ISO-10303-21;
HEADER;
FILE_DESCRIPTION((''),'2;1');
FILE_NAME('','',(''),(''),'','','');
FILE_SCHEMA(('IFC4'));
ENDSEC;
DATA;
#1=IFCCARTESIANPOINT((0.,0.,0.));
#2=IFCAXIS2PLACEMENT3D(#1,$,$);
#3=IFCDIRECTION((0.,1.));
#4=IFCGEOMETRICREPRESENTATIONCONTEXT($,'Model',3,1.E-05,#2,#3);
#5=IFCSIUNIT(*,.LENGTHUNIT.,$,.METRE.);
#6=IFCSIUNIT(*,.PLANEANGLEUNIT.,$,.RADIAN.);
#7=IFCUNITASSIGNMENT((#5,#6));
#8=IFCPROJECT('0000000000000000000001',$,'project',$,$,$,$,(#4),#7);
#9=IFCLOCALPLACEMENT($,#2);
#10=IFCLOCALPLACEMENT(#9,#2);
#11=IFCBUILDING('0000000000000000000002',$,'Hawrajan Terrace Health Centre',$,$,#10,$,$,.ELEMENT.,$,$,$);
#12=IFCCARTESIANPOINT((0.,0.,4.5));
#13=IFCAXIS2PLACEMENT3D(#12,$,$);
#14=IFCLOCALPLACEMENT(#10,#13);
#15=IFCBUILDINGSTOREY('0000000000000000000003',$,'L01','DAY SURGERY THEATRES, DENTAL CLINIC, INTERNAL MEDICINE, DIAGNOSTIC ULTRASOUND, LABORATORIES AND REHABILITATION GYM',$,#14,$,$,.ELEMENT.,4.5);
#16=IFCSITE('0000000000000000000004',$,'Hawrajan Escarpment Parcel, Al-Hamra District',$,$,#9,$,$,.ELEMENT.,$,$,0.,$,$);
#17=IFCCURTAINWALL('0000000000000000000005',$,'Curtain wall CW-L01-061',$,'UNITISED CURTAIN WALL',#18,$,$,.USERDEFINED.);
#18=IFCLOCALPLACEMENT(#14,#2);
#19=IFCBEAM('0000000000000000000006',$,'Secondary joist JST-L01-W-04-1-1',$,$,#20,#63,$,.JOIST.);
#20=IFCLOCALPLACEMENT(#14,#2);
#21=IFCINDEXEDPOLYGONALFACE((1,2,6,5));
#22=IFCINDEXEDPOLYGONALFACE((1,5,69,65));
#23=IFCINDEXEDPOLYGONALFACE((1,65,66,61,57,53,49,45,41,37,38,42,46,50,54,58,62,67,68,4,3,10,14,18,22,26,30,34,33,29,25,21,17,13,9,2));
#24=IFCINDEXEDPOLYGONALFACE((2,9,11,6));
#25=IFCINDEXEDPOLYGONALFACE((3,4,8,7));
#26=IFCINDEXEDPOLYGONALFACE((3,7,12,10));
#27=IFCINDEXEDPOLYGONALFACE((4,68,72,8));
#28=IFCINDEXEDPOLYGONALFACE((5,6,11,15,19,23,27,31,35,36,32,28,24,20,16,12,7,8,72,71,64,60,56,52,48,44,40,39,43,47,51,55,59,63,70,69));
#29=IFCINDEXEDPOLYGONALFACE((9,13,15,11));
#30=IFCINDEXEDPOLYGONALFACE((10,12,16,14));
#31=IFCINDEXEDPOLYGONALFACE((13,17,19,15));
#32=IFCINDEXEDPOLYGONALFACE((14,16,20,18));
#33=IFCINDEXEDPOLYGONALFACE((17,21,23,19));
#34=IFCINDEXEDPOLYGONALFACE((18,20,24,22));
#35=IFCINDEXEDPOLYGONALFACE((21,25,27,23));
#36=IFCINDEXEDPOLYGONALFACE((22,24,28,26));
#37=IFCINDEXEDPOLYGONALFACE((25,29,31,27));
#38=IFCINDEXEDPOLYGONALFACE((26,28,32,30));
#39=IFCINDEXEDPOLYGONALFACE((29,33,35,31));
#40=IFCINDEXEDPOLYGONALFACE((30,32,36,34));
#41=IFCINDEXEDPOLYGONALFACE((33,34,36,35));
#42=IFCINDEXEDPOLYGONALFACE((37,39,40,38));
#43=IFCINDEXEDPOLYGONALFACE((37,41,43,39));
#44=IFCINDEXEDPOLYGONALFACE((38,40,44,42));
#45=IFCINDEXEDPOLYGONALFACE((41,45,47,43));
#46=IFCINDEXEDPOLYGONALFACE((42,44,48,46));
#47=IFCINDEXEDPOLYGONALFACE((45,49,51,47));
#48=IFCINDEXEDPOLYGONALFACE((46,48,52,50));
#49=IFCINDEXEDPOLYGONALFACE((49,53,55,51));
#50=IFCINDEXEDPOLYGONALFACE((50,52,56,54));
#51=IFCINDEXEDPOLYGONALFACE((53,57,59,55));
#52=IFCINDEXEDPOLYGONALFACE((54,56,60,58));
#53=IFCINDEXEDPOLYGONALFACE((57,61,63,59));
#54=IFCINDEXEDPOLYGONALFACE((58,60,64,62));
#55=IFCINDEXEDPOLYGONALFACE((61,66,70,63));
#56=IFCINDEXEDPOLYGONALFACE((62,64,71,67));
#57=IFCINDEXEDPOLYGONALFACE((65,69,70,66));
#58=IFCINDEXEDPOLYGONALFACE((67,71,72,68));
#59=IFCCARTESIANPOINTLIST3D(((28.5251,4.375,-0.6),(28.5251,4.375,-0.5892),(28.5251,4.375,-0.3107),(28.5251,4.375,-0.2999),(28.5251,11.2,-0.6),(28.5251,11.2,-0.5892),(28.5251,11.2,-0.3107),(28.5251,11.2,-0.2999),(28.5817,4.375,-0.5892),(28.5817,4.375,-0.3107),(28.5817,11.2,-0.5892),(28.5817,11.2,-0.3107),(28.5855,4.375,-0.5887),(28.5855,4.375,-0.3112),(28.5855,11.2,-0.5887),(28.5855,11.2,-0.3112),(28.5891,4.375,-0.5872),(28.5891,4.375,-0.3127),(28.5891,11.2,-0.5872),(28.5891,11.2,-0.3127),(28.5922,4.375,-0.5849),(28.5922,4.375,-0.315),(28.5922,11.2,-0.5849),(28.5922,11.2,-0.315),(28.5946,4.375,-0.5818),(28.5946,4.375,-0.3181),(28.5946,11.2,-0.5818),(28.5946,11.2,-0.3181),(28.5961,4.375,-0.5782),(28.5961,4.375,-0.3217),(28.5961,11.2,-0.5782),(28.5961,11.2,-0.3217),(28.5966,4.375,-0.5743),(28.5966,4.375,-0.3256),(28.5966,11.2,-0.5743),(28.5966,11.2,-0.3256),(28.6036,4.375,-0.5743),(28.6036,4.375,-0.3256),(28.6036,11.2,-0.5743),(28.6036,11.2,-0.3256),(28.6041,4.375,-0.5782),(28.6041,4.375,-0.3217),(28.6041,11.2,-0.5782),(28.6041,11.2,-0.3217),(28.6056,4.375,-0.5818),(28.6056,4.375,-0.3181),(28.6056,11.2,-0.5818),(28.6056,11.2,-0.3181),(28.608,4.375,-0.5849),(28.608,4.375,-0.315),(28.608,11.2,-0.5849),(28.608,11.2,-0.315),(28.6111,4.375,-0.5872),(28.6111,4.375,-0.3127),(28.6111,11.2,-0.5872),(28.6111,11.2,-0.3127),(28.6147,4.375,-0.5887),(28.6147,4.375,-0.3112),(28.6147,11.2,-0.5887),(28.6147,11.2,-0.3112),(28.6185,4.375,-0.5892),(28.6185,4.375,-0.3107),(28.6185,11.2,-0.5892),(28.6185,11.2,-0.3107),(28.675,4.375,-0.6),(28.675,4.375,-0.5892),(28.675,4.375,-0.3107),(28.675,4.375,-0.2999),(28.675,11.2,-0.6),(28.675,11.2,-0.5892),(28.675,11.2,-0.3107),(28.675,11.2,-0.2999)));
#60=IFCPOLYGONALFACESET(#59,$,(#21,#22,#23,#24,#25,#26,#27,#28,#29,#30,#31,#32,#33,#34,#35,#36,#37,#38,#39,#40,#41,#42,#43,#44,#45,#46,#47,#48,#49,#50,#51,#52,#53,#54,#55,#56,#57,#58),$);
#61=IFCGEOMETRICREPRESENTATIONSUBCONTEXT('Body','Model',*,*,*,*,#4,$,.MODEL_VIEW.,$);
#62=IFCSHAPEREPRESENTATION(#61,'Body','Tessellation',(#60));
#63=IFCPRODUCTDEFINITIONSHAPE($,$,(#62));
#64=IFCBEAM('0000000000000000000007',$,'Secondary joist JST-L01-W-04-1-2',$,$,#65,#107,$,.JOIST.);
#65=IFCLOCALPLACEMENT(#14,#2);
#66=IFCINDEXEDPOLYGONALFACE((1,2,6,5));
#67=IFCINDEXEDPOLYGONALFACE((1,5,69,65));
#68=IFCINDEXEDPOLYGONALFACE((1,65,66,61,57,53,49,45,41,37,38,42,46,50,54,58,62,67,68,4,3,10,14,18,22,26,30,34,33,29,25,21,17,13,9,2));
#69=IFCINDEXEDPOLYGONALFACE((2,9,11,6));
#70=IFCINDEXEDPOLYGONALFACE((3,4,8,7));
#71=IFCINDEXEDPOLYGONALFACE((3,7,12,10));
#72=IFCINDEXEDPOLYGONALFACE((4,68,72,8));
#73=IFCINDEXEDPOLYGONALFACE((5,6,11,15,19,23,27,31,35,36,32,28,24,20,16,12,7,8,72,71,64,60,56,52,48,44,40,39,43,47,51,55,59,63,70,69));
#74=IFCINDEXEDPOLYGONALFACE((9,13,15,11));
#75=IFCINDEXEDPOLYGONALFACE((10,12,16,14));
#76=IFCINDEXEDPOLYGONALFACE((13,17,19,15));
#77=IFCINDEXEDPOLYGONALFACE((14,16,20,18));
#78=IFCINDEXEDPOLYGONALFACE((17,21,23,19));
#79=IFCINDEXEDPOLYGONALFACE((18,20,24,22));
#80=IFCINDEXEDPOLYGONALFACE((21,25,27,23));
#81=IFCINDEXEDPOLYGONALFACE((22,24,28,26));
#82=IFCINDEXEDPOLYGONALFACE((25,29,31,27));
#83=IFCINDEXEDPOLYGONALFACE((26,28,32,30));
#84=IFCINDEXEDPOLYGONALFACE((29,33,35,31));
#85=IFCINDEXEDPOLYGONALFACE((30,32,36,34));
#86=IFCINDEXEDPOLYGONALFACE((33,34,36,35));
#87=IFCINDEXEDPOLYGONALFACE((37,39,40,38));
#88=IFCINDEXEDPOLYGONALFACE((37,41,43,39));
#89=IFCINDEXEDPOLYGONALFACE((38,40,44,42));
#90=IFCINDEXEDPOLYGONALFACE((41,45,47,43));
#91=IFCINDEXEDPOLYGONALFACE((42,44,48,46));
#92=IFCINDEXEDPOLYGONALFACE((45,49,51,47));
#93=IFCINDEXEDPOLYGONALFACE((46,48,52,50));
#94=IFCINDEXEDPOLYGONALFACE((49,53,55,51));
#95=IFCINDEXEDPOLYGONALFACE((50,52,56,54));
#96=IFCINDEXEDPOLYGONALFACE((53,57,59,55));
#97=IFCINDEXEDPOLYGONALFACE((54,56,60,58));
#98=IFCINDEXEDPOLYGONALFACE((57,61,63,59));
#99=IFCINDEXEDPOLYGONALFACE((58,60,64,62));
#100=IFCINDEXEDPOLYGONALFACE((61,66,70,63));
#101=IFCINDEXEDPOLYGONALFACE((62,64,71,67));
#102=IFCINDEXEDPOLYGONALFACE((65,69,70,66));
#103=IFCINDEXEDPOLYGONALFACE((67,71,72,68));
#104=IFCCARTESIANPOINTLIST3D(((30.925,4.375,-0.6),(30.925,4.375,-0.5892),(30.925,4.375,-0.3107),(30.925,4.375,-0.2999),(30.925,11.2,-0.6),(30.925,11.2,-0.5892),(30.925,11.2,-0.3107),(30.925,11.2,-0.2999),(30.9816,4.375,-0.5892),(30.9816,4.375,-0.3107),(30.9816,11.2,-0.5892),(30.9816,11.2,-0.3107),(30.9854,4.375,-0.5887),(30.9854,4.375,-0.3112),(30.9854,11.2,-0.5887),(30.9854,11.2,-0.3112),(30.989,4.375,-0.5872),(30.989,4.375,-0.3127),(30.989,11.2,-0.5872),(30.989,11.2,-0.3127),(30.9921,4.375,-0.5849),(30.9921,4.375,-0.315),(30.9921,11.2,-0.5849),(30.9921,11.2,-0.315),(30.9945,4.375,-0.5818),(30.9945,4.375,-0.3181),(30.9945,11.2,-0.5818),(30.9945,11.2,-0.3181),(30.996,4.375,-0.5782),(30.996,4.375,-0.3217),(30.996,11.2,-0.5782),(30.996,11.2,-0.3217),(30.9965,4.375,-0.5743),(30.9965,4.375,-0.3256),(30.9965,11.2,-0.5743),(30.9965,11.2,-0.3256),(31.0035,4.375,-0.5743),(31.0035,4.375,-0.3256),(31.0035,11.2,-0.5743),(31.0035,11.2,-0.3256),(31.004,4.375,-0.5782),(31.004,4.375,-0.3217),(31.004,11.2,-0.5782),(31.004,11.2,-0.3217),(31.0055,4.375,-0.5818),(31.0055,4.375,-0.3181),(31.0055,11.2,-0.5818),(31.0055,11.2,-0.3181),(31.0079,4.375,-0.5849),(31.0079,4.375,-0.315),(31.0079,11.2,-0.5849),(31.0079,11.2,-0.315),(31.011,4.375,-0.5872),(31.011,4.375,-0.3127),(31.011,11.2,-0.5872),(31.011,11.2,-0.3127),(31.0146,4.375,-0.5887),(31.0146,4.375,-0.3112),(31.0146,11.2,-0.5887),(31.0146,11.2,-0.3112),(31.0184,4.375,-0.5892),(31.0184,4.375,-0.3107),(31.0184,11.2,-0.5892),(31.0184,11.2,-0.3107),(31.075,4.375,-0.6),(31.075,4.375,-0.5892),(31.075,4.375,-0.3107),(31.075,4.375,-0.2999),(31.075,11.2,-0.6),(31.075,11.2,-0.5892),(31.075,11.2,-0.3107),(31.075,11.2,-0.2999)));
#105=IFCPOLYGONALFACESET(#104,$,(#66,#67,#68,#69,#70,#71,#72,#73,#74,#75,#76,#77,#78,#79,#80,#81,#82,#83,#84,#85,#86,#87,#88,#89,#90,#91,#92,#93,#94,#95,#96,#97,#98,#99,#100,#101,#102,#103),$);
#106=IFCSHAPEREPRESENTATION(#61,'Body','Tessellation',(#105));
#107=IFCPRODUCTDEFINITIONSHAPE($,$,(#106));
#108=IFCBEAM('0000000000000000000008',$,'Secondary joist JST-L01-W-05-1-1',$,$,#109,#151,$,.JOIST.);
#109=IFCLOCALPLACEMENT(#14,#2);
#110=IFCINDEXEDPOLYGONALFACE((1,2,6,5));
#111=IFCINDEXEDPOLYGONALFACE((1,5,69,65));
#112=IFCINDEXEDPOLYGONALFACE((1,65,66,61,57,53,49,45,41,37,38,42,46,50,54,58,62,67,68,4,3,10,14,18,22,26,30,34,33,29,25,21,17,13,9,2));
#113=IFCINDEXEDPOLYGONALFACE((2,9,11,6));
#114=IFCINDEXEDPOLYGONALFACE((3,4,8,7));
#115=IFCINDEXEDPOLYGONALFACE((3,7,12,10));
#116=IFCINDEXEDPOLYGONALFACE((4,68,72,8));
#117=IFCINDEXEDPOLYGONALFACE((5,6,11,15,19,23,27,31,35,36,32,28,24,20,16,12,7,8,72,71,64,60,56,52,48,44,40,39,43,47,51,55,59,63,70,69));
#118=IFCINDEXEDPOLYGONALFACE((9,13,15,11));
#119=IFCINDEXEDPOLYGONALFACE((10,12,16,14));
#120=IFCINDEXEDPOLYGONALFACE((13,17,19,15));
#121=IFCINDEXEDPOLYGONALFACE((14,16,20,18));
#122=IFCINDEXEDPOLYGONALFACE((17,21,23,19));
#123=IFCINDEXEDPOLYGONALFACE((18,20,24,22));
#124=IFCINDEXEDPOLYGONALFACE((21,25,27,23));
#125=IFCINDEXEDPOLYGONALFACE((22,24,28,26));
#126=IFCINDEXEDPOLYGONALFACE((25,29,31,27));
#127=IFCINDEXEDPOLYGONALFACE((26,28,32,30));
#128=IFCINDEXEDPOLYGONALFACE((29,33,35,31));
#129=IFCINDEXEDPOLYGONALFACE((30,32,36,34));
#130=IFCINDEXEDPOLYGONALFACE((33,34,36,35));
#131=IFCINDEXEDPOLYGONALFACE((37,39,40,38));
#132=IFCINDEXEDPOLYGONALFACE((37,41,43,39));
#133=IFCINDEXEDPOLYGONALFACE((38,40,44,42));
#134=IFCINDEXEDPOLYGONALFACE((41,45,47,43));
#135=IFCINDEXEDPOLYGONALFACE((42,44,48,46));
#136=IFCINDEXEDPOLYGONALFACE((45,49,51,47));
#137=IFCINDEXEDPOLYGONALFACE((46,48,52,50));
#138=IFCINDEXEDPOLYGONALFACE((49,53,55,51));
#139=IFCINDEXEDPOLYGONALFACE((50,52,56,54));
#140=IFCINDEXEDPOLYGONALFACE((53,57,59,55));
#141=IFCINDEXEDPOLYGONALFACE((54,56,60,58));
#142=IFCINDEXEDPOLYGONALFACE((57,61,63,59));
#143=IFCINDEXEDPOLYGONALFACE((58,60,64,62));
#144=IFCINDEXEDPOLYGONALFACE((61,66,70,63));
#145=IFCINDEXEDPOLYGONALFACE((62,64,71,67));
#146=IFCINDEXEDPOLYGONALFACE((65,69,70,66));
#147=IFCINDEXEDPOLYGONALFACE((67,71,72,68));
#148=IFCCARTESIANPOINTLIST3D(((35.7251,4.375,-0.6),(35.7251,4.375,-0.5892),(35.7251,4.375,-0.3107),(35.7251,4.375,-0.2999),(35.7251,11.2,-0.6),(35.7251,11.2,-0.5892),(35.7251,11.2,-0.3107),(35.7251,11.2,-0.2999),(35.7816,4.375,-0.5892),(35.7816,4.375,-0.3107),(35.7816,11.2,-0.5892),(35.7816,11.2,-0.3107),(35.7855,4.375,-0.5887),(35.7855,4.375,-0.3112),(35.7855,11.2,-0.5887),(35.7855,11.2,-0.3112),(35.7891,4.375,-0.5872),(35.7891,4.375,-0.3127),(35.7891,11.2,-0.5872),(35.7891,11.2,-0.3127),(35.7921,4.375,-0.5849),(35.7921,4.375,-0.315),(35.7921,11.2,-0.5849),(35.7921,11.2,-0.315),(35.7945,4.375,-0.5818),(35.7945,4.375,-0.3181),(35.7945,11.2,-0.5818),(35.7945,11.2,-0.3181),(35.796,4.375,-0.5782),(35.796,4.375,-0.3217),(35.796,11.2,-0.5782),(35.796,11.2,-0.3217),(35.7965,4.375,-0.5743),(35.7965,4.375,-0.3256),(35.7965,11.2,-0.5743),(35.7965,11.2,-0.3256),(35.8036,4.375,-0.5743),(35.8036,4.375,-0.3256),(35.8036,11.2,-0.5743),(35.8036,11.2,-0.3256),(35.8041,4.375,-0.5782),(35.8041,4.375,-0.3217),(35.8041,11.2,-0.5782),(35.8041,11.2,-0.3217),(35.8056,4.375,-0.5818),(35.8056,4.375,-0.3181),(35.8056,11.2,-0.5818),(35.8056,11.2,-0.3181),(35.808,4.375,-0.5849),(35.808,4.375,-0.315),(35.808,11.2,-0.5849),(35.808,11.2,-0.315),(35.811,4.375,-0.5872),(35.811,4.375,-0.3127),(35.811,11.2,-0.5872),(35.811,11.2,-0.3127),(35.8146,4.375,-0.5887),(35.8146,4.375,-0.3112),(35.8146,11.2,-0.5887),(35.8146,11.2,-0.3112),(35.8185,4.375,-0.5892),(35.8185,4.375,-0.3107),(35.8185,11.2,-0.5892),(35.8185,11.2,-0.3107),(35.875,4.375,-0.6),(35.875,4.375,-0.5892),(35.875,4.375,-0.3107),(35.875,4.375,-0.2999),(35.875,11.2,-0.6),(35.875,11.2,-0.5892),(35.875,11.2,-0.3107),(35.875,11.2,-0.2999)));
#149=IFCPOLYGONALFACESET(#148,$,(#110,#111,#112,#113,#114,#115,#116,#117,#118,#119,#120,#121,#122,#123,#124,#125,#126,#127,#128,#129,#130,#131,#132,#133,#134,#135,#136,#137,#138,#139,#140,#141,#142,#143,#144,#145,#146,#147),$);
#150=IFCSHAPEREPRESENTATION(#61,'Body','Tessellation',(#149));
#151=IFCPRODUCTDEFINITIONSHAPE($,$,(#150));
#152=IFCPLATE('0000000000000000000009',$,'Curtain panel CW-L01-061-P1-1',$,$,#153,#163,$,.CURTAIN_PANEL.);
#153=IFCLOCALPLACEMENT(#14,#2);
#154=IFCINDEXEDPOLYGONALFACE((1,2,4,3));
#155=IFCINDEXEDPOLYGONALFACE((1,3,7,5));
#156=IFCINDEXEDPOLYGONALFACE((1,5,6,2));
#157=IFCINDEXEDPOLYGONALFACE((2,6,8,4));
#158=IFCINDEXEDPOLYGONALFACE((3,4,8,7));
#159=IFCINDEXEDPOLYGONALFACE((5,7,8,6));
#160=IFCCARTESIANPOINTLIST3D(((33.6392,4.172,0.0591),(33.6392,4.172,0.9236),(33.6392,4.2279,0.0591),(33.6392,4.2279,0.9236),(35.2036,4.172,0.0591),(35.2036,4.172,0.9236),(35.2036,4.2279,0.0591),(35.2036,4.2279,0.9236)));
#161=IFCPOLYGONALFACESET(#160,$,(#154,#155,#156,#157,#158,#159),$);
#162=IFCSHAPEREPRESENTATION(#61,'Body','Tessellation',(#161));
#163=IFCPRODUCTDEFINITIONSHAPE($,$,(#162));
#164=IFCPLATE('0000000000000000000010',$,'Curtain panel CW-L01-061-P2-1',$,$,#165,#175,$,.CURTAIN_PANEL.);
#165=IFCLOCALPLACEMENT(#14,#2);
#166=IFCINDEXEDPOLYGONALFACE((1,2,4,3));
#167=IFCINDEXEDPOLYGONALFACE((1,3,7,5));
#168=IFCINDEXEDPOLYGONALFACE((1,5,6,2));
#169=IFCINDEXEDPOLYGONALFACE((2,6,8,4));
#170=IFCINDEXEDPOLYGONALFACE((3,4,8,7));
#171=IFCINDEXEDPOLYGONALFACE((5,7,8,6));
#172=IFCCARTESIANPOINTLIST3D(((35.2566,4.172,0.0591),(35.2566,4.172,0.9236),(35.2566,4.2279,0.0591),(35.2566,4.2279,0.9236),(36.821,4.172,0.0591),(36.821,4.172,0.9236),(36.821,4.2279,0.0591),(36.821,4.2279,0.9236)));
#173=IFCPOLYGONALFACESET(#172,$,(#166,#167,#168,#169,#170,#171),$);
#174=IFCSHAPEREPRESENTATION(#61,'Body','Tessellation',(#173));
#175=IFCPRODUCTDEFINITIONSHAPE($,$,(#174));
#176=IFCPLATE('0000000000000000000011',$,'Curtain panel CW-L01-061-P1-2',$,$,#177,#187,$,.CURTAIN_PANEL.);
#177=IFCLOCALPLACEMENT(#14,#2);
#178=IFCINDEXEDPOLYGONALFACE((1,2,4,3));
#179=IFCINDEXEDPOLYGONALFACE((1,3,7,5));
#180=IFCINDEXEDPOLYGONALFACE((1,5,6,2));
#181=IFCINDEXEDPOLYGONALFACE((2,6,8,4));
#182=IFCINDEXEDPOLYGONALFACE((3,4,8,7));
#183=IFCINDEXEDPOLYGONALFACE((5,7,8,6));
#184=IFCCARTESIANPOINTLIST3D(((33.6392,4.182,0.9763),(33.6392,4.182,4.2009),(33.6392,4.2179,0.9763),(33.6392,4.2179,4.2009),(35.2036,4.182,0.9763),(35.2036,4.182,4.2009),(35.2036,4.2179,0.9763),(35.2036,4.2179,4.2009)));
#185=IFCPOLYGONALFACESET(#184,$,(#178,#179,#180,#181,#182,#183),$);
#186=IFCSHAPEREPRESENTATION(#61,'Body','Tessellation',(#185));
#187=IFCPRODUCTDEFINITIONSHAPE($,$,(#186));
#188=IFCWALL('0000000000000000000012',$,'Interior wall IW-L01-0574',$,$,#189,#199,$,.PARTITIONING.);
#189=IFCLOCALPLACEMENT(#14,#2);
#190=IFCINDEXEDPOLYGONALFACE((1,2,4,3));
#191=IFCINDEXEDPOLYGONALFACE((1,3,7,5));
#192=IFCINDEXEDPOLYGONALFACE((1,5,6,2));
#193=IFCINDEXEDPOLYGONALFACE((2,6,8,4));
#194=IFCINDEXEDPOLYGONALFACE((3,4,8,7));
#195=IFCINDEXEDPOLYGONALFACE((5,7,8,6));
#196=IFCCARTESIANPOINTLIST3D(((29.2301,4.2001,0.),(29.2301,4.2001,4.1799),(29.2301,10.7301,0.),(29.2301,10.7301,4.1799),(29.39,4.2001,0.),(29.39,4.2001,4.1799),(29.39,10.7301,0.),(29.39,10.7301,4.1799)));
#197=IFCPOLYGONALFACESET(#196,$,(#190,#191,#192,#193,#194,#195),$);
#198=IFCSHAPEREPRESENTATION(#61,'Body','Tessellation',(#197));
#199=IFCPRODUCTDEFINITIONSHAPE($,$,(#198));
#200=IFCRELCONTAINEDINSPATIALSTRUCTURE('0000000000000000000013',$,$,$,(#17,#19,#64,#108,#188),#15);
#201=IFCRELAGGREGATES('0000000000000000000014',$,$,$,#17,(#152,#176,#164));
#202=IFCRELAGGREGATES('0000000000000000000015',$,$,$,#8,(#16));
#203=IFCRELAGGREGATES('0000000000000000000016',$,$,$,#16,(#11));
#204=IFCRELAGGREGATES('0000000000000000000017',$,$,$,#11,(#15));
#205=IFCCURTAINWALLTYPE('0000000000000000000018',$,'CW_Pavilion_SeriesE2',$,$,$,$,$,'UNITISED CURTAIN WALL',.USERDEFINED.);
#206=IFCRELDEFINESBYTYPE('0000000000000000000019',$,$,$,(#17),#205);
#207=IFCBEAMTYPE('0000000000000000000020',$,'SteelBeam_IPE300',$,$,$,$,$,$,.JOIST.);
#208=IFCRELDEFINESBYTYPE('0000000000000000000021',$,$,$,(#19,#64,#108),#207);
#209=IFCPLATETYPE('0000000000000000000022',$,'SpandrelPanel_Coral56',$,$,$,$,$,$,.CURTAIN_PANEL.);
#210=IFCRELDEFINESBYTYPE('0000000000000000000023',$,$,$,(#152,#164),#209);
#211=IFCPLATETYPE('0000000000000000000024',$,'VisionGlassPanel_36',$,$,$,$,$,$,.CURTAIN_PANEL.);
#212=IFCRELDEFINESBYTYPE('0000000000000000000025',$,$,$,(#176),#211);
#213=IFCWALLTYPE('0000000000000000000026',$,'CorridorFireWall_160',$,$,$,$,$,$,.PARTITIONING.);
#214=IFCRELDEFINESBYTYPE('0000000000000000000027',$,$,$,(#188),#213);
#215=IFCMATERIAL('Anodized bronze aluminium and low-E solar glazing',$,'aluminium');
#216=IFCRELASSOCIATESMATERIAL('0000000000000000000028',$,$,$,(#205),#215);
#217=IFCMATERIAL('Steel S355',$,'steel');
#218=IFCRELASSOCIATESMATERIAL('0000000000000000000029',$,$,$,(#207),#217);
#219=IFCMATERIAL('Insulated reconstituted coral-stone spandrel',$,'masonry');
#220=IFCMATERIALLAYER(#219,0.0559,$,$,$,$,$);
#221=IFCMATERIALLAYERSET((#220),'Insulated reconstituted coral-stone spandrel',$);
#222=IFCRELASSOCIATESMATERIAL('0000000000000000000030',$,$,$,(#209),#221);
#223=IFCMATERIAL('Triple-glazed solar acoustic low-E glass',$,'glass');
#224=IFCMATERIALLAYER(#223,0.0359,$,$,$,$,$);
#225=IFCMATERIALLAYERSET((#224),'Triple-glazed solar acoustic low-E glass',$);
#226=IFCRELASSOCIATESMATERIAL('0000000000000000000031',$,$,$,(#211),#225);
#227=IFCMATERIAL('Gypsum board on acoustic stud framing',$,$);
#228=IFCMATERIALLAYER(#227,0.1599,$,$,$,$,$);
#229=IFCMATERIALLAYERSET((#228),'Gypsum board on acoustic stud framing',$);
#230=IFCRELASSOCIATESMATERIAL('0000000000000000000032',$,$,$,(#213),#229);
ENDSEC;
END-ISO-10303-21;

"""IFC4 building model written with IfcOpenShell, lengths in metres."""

from ifc_helpers import new_model, si_unit, direction, frame, frame_2d, origin, origin_2d, place, context, subcontext, project, spatial, rectangle, i_section, extrude, material, layer, layer_set, material_profile, profile_set, type_object, element, aggregate, save


model = new_model("IFC4")

# Units and contexts
model_context = context("Model", 3, precision=1e-05, world=origin(), true_north=direction((0.0, 1.0)))
body_context = subcontext(model_context, "Body", "Model", "MODEL_VIEW")
ifc_project = project(units=[si_unit("LENGTHUNIT", "METRE"), si_unit("PLANEANGLEUNIT", "RADIAN")], contexts=[model_context])

# Site, building, storey
site_placement = place(None, origin())
site = spatial("IfcSite", under=ifc_project, at=site_placement, Name="Hawrajan Escarpment Parcel, Al-Hamra District", CompositionType="ELEMENT", RefElevation=0.0)
building_placement = place(site_placement, origin())
building = spatial("IfcBuilding", under=site, at=building_placement, Name="Hawrajan Terrace Health Centre", CompositionType="ELEMENT")
storey_placement = place(building_placement, frame((0.0, 0.0, 4.5)))
storey = spatial("IfcBuildingStorey", under=building, at=storey_placement, Name="L01", Description="DAY SURGERY THEATRES, DENTAL CLINIC, INTERNAL MEDICINE, DIAGNOSTIC ULTRASOUND, LABORATORIES AND REHABILITATION GYM", CompositionType="ELEMENT", Elevation=4.5)

# Curtain wall
ifc_material_1 = material(Name="Anodized bronze aluminium and low-E solar glazing", Category="aluminium")
curtain_wall_type = type_object("IfcCurtainWallType", Name="CW_Pavilion_SeriesE2", ElementType="UNITISED CURTAIN WALL", PredefinedType="USERDEFINED", material=ifc_material_1)
curtain_wall_placement = place(storey_placement, origin())
curtain_wall = element("IfcCurtainWall", 1, at=curtain_wall_placement, inside=storey, type_object=curtain_wall_type, Name="Curtain wall CW-L01-061", ObjectType="UNITISED CURTAIN WALL", PredefinedType="USERDEFINED")

# Beams
ifc_material_2 = material(Name="Steel S355", Category="steel")
ifc_material_profile_1 = material_profile(ifc_material_2, i_section(OverallWidth=0.1499, OverallDepth=0.3, WebThickness=0.0071, FlangeThickness=0.0107, FilletRadius=0.0149, at=origin_2d()), Name="IPE 300")
ifc_profile_set_1 = profile_set([ifc_material_profile_1], Name="Steel S355")
beam_type_1 = type_object("IfcBeamType", Name="SteelBeam_IPE300", PredefinedType="JOIST", material=ifc_profile_set_1)
for number, where, z_axis, x_axis, name in (
    (2, (28.6001, 4.375, -0.45), (0.0, 1.0, 0.0), (-1.0, 0.0, 0.0), "Secondary joist JST-L01-W-04-1-1"),
    (3, (31.0, 4.375, -0.45), (0.0, 1.0, 0.0), (-1.0, 0.0, 0.0), "Secondary joist JST-L01-W-04-1-2"),
    (4, (35.8, 4.375, -0.45), (0.0, 1.0, 0.0), (-1.0, 0.0, 0.0), "Secondary joist JST-L01-W-05-1-1"),
):
    element("IfcBeam", number, at=place(storey_placement, frame(where, z_axis=z_axis, x_axis=x_axis)), inside=storey, type_object=beam_type_1, Name=name, PredefinedType="JOIST", context=body_context, shape_type="SweptSolid", body=[
        extrude(i_section(OverallWidth=0.1499, OverallDepth=0.3, WebThickness=0.0071, FlangeThickness=0.0107, FilletRadius=0.0149, at=origin_2d()), origin(), (0.0, 0.0, 1.0), 6.825),
    ])

# Plates
ifc_material_3 = material(Name="Insulated reconstituted coral-stone spandrel", Category="masonry")
ifc_layer_1 = layer(ifc_material_3, 0.0559)
ifc_layer_set_1 = layer_set([ifc_layer_1], Name="Insulated reconstituted coral-stone spandrel")
plate_type_1 = type_object("IfcPlateType", Name="SpandrelPanel_Coral56", PredefinedType="CURTAIN_PANEL", material=ifc_layer_set_1)
plate_1_placement = place(storey_placement, frame((34.4214, 4.2, 0.0591), z_axis=(0.0, 0.0, 1.0), x_axis=(1.0, 0.0, 0.0)))
plate_1 = element("IfcPlate", 5, at=plate_1_placement, type_object=plate_type_1, Name="Curtain panel CW-L01-061-P1-1", PredefinedType="CURTAIN_PANEL", context=body_context, shape_type="SweptSolid", body=[
    extrude(rectangle(XDim=1.5645, YDim=0.0559, at=origin_2d()), origin(), (0.0, 0.0, 1.0), 0.8645),
])
plate_2_placement = place(storey_placement, frame((36.0388, 4.2, 0.0591), z_axis=(0.0, 0.0, 1.0), x_axis=(1.0, 0.0, 0.0)))
plate_2 = element("IfcPlate", 6, at=plate_2_placement, type_object=plate_type_1, Name="Curtain panel CW-L01-061-P2-1", PredefinedType="CURTAIN_PANEL", context=body_context, shape_type="SweptSolid", body=[
    extrude(rectangle(XDim=1.5645, YDim=0.0559, at=origin_2d()), origin(), (0.0, 0.0, 1.0), 0.8645),
])
ifc_material_4 = material(Name="Triple-glazed solar acoustic low-E glass", Category="glass")
ifc_layer_2 = layer(ifc_material_4, 0.0359)
ifc_layer_set_2 = layer_set([ifc_layer_2], Name="Triple-glazed solar acoustic low-E glass")
plate_type_2 = type_object("IfcPlateType", Name="VisionGlassPanel_36", PredefinedType="CURTAIN_PANEL", material=ifc_layer_set_2)
plate_3_placement = place(storey_placement, frame((34.4214, 4.2, 0.9763), z_axis=(0.0, 0.0, 1.0), x_axis=(1.0, 0.0, 0.0)))
plate_3 = element("IfcPlate", 7, at=plate_3_placement, type_object=plate_type_2, Name="Curtain panel CW-L01-061-P1-2", PredefinedType="CURTAIN_PANEL", context=body_context, shape_type="SweptSolid", body=[
    extrude(rectangle(XDim=1.5645, YDim=0.0359, at=origin_2d()), origin(), (0.0, 0.0, 1.0), 3.2246),
])
aggregate(curtain_wall, [plate_1, plate_3, plate_2])

# Wall
ifc_material_5 = material(Name="Gypsum board on acoustic stud framing")
ifc_layer_3 = layer(ifc_material_5, 0.1599)
ifc_layer_set_3 = layer_set([ifc_layer_3], Name="Gypsum board on acoustic stud framing")
wall_type = type_object("IfcWallType", Name="CorridorFireWall_160", PredefinedType="PARTITIONING", material=ifc_layer_set_3)
wall_1_placement = place(storey_placement, frame((29.3101, 4.2, 0.0), z_axis=(0.0, 0.0, 1.0), x_axis=(0.0, 1.0, 0.0)))
element("IfcWall", 8, at=wall_1_placement, inside=storey, type_object=wall_type, Name="Interior wall IW-L01-0574", PredefinedType="PARTITIONING", context=body_context, shape_type="SweptSolid", body=[
    extrude(rectangle(XDim=6.53, YDim=0.1599, at=frame_2d((3.2651, 0.0))), origin(), (0.0, 0.0, 1.0), 4.1799),
])

save(model, "model.ifc")
